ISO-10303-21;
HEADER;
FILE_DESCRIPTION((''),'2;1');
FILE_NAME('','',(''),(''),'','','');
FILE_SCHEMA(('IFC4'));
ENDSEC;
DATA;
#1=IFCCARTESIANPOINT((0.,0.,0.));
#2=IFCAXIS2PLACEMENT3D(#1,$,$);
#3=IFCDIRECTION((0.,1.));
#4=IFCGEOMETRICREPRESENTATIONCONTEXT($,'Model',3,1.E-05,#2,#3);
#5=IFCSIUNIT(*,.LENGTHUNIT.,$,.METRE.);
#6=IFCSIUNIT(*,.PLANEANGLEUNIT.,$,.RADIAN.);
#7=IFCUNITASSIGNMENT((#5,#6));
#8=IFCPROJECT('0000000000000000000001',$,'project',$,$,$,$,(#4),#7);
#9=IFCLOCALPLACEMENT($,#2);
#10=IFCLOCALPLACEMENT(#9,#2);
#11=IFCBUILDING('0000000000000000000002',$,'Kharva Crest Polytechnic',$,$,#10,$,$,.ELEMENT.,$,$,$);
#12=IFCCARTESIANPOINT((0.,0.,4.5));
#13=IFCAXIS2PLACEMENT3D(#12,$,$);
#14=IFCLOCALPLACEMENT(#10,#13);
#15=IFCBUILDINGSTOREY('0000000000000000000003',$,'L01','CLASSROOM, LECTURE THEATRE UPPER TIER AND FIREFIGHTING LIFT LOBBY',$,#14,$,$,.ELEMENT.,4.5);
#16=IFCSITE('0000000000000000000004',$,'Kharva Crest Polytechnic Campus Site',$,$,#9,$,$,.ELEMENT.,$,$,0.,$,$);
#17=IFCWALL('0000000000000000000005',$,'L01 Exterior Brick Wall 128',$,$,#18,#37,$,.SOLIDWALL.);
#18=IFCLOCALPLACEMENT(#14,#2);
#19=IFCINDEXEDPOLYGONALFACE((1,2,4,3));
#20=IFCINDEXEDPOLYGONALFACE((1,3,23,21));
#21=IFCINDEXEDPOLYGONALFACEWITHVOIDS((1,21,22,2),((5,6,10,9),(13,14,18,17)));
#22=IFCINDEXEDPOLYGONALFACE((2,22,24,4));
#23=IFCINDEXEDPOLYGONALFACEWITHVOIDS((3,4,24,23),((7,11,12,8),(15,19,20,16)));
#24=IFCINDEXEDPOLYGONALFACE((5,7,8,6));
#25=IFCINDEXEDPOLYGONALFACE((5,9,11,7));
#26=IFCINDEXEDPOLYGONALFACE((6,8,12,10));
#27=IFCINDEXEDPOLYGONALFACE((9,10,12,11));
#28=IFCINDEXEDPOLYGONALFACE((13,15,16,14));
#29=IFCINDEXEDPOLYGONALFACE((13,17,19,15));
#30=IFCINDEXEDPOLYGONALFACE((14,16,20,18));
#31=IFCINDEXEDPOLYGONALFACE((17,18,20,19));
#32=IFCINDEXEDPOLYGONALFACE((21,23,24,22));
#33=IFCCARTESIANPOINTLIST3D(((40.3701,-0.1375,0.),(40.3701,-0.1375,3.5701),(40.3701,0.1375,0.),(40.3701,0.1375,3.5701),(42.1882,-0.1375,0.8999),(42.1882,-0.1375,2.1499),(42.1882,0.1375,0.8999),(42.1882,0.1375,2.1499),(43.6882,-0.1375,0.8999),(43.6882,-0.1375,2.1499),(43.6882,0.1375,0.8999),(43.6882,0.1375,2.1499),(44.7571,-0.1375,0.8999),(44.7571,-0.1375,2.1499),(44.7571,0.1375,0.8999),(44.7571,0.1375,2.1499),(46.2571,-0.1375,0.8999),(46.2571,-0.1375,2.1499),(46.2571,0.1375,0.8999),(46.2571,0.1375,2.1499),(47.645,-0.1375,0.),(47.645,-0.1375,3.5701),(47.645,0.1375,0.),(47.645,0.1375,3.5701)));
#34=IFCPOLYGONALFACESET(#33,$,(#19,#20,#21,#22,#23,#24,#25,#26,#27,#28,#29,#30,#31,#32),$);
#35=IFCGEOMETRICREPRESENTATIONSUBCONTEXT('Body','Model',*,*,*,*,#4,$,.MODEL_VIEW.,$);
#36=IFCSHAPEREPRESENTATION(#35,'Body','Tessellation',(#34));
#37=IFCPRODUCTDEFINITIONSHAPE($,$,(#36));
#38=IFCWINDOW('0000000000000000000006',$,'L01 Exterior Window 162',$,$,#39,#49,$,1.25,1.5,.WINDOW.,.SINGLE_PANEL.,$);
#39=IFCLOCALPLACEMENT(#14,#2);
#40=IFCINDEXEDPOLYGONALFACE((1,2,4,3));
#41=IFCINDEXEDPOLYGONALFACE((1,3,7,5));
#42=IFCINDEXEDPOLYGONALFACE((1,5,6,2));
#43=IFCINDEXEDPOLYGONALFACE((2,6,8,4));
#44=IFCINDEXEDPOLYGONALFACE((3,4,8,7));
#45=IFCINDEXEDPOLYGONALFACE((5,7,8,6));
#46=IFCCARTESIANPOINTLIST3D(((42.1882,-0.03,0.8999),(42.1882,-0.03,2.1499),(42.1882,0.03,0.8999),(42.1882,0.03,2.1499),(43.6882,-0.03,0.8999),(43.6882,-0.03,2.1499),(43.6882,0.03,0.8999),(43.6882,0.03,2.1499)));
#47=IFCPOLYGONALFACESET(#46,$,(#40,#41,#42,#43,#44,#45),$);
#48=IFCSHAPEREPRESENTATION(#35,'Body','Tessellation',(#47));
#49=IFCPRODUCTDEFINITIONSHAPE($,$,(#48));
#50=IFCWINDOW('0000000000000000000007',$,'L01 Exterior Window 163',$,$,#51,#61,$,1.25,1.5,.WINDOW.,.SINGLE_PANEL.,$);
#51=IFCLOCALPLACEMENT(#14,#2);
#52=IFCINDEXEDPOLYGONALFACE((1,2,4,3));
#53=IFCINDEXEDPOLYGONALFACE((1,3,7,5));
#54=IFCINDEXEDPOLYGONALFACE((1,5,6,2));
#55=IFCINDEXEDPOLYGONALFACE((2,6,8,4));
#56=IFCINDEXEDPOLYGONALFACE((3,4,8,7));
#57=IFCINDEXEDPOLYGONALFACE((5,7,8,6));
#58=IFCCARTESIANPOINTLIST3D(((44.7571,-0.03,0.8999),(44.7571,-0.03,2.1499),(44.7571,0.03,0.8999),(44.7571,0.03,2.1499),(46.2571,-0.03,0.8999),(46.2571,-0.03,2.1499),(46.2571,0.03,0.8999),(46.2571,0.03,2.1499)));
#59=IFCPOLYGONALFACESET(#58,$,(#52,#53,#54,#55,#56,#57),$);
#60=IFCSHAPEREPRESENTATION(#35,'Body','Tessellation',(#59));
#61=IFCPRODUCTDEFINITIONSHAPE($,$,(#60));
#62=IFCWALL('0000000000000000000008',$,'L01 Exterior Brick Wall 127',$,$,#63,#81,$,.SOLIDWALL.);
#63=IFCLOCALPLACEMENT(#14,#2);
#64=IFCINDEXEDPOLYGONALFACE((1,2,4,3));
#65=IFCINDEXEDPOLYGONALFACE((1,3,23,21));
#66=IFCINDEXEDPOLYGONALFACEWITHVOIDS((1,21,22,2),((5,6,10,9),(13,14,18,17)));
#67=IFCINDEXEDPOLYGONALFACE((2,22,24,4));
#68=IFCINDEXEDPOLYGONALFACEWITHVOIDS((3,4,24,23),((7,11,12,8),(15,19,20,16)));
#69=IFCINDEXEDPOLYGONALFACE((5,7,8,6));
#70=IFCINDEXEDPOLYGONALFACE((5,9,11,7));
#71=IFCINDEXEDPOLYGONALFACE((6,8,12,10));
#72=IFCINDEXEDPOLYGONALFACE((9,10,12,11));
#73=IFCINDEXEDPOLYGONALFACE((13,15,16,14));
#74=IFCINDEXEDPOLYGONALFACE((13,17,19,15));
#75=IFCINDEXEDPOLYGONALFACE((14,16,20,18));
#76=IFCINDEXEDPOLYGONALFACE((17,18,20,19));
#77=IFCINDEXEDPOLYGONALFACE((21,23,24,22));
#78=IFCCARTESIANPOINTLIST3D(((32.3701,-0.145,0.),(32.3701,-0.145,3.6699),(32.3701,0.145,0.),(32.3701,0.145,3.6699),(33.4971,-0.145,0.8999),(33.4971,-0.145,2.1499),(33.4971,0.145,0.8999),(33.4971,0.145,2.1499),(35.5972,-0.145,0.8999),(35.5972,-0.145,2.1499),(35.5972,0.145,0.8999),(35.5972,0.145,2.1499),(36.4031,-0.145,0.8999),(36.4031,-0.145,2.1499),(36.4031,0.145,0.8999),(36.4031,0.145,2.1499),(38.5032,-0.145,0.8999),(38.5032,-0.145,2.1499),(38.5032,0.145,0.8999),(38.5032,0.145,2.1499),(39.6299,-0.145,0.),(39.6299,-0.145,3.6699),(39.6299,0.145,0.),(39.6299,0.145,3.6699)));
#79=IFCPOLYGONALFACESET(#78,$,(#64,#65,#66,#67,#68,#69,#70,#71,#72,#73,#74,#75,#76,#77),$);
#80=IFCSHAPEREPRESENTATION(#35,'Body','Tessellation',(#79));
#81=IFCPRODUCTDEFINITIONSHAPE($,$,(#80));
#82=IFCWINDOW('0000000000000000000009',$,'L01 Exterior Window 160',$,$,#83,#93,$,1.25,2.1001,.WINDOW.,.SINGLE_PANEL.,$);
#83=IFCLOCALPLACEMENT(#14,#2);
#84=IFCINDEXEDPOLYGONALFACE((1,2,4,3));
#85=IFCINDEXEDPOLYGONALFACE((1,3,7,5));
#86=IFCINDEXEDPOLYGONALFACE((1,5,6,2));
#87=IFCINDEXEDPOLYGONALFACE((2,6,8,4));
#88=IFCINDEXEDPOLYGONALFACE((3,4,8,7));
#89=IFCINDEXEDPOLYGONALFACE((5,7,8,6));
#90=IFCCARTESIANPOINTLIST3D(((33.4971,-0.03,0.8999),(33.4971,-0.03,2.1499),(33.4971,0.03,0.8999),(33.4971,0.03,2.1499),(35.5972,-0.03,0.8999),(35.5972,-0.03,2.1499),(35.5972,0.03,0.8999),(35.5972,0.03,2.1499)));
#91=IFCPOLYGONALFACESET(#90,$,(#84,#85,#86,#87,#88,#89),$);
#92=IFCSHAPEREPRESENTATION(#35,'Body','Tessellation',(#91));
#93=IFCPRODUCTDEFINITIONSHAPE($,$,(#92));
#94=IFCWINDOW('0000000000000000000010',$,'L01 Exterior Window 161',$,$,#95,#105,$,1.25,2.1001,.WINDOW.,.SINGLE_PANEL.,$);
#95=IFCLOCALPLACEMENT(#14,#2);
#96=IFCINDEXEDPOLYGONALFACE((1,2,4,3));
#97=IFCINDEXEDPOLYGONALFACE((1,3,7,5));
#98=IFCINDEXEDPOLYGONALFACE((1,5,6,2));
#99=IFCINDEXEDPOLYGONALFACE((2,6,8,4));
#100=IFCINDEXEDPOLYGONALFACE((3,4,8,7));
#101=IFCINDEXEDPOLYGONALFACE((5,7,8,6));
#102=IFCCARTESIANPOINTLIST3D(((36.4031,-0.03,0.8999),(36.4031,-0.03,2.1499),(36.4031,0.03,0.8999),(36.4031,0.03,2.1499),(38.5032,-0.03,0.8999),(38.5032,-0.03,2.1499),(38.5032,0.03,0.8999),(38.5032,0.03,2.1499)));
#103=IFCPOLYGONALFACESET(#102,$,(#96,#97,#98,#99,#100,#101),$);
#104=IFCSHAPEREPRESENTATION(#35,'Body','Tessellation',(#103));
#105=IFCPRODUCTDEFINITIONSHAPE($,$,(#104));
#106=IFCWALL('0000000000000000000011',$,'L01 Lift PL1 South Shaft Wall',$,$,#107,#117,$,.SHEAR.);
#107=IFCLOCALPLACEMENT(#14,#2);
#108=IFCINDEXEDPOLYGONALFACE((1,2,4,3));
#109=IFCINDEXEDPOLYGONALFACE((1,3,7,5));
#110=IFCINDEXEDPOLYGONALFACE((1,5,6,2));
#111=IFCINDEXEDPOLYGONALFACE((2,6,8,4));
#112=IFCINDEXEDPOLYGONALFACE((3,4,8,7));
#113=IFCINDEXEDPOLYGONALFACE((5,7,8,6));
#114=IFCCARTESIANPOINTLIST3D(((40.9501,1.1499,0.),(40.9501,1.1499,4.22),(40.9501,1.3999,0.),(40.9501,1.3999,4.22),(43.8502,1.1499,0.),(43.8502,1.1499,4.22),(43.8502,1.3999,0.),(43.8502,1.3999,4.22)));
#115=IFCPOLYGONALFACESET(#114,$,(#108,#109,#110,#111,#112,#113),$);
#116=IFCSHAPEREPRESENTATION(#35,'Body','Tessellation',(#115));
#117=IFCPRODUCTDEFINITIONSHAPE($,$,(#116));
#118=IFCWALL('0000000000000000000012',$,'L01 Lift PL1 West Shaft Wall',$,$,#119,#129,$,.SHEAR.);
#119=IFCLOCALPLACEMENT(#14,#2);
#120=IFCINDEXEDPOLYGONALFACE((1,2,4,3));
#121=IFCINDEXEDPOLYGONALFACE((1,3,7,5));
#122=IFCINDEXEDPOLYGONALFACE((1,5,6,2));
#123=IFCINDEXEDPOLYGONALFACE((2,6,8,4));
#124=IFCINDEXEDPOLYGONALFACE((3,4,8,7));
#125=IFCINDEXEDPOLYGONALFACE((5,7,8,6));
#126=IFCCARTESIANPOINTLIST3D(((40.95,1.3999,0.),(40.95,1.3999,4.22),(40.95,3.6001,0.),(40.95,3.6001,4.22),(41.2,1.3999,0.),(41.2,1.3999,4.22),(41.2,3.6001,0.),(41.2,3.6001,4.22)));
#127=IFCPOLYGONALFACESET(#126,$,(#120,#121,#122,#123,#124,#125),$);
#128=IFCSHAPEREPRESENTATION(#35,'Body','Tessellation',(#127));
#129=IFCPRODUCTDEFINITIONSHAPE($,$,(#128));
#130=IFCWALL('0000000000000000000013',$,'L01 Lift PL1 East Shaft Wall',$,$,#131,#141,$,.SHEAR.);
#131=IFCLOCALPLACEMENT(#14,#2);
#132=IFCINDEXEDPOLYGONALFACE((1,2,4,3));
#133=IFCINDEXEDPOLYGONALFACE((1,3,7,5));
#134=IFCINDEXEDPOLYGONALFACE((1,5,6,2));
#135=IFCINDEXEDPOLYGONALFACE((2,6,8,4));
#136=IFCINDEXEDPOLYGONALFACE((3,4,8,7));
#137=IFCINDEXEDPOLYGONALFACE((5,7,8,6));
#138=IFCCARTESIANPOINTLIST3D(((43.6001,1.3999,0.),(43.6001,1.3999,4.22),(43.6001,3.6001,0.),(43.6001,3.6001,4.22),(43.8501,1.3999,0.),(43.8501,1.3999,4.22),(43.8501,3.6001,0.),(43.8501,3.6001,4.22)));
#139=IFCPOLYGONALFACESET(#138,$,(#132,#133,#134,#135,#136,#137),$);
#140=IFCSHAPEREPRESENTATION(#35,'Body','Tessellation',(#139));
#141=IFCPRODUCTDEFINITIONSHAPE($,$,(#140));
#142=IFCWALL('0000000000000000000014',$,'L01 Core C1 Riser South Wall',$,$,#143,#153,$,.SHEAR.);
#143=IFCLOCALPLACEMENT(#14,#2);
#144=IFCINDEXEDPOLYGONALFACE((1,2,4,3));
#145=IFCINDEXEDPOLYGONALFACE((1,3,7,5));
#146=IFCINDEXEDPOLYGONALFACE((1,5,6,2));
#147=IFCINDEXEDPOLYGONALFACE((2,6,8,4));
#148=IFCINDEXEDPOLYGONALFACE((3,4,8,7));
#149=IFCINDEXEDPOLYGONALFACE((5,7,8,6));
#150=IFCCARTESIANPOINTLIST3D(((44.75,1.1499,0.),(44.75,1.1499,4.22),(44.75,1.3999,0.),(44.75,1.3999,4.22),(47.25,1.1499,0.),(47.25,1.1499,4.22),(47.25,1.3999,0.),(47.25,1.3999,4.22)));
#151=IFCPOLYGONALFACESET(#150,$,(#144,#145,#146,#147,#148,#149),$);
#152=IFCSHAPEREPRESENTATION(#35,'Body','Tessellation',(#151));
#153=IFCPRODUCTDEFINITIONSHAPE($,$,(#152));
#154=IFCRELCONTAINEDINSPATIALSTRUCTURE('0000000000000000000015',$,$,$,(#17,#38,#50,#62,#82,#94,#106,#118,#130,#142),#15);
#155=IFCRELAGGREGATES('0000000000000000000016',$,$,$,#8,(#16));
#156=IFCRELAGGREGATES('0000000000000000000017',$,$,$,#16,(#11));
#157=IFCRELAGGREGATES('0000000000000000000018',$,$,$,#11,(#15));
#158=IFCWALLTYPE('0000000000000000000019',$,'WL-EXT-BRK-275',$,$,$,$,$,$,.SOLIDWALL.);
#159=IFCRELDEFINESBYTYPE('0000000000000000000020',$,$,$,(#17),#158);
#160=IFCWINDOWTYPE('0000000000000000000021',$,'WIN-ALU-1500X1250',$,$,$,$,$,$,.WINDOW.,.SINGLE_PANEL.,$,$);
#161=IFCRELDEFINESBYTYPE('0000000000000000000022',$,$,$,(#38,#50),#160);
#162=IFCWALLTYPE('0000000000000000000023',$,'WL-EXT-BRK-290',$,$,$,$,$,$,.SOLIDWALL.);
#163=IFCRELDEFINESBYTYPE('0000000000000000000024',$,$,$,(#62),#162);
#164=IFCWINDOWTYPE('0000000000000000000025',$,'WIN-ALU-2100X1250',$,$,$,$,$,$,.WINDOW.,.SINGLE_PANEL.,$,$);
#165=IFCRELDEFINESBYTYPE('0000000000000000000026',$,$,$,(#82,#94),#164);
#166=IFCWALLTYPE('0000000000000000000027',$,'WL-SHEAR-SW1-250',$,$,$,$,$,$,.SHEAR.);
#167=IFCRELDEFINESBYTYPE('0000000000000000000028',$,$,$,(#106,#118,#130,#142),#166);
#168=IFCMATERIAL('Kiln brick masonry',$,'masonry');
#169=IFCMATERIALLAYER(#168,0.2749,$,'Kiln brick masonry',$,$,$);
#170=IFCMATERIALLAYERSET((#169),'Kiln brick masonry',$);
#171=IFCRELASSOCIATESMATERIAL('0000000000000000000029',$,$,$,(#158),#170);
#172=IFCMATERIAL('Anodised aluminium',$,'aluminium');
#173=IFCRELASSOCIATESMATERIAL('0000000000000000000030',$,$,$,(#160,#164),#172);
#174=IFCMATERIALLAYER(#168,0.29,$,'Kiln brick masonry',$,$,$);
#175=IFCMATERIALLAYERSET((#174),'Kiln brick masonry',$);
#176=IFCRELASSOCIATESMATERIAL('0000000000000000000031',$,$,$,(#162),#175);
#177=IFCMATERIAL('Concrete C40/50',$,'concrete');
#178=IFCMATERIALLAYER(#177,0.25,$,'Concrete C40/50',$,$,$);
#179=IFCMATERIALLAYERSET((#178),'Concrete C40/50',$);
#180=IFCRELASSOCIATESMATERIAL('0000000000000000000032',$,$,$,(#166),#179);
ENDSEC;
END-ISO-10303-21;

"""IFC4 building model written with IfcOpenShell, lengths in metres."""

from ifc_helpers import new_model, si_unit, direction, frame, frame_2d, origin, place, context, subcontext, project, spatial, rectangle, extrude, material, layer, layer_set, type_object, element, fill, save


model = new_model("IFC4")

# Units and contexts
model_context = context("Model", 3, precision=1e-05, world=origin(), true_north=direction((0.0, 1.0)))
body_context = subcontext(model_context, "Body", "Model", "MODEL_VIEW")
ifc_project = project(units=[si_unit("LENGTHUNIT", "METRE"), si_unit("PLANEANGLEUNIT", "RADIAN")], contexts=[model_context])

# Site, building, storey
site_placement = place(None, origin())
site = spatial("IfcSite", under=ifc_project, at=site_placement, Name="Kharva Crest Polytechnic Campus Site", CompositionType="ELEMENT", RefElevation=0.0)
building_placement = place(site_placement, origin())
building = spatial("IfcBuilding", under=site, at=building_placement, Name="Kharva Crest Polytechnic", CompositionType="ELEMENT")
storey_placement = place(building_placement, frame((0.0, 0.0, 4.5)))
storey = spatial("IfcBuildingStorey", under=building, at=storey_placement, Name="L01", Description="CLASSROOM, LECTURE THEATRE UPPER TIER AND FIREFIGHTING LIFT LOBBY", CompositionType="ELEMENT", Elevation=4.5)

# Shared definitions
ifc_material_1 = material(Name="Concrete C40/50", Category="concrete")

# Walls, openings, windows
ifc_material_2 = material(Name="Kiln brick masonry", Category="masonry")
ifc_layer_1 = layer(ifc_material_2, 0.2749, Name="Kiln brick masonry")
ifc_layer_set_1 = layer_set([ifc_layer_1], Name="Kiln brick masonry")
wall_type_1 = type_object("IfcWallType", Name="WL-EXT-BRK-275", PredefinedType="SOLIDWALL", material=ifc_layer_set_1)
wall_1_placement = place(storey_placement, frame((40.3701, 0.0, 0.0), z_axis=(0.0, 0.0, 1.0), x_axis=(1.0, 0.0, 0.0)))
wall_1 = element("IfcWall", 1, at=wall_1_placement, inside=storey, type_object=wall_type_1, Name="L01 Exterior Brick Wall 128", PredefinedType="SOLIDWALL", context=body_context, shape_type="SweptSolid", body=[
    extrude(rectangle(XDim=7.2749, YDim=0.2749, at=frame_2d((3.6375, 0.0))), origin(), (0.0, 0.0, 1.0), 3.5701),
])
opening_1_placement = place(wall_1_placement, frame((1.8181, 0.0, 0.8999)))
opening_1 = element("IfcOpeningElement", 2, at=opening_1_placement, cuts=wall_1, PredefinedType="OPENING", context=body_context, shape_type="SweptSolid", body=[
    extrude(rectangle(XDim=1.5, YDim=1.25, at=frame_2d((0.75, 0.625))), frame((0.0, 0.1475, 0.0), z_axis=(0.0, -1.0, 0.0), x_axis=(1.0, 0.0, 0.0)), (0.0, 0.0, 1.0), 0.2949),
])
opening_2_placement = place(wall_1_placement, frame((4.387, 0.0, 0.8999)))
opening_2 = element("IfcOpeningElement", 3, at=opening_2_placement, cuts=wall_1, PredefinedType="OPENING", context=body_context, shape_type="SweptSolid", body=[
    extrude(rectangle(XDim=1.5, YDim=1.25, at=frame_2d((0.75, 0.625))), frame((0.0, 0.1475, 0.0), z_axis=(0.0, -1.0, 0.0), x_axis=(1.0, 0.0, 0.0)), (0.0, 0.0, 1.0), 0.2949),
])
ifc_material_3 = material(Name="Anodised aluminium", Category="aluminium")
window_type_1 = type_object("IfcWindowType", Name="WIN-ALU-1500X1250", PartitioningType="SINGLE_PANEL", PredefinedType="WINDOW", material=ifc_material_3)
window_1_placement = place(opening_1_placement, origin())
window_1 = element("IfcWindow", 4, at=window_1_placement, inside=storey, type_object=window_type_1, Name="L01 Exterior Window 162", OverallHeight=1.25, OverallWidth=1.5, PartitioningType="SINGLE_PANEL", PredefinedType="WINDOW", context=body_context, shape_type="SweptSolid", body=[
    extrude(rectangle(XDim=1.5, YDim=1.25, at=frame_2d((0.75, 0.625))), frame((0.0, 0.03, 0.0), z_axis=(0.0, -1.0, 0.0), x_axis=(1.0, 0.0, 0.0)), (0.0, 0.0, 1.0), 0.0601),
])
fill(opening_1, window_1)
window_2_placement = place(opening_2_placement, origin())
window_2 = element("IfcWindow", 5, at=window_2_placement, inside=storey, type_object=window_type_1, Name="L01 Exterior Window 163", OverallHeight=1.25, OverallWidth=1.5, PartitioningType="SINGLE_PANEL", PredefinedType="WINDOW", context=body_context, shape_type="SweptSolid", body=[
    extrude(rectangle(XDim=1.5, YDim=1.25, at=frame_2d((0.75, 0.625))), frame((0.0, 0.03, 0.0), z_axis=(0.0, -1.0, 0.0), x_axis=(1.0, 0.0, 0.0)), (0.0, 0.0, 1.0), 0.0601),
])
fill(opening_2, window_2)
ifc_layer_2 = layer(ifc_material_2, 0.29, Name="Kiln brick masonry")
ifc_layer_set_2 = layer_set([ifc_layer_2], Name="Kiln brick masonry")
wall_type_2 = type_object("IfcWallType", Name="WL-EXT-BRK-290", PredefinedType="SOLIDWALL", material=ifc_layer_set_2)
wall_2_placement = place(storey_placement, frame((32.3701, 0.0, 0.0), z_axis=(0.0, 0.0, 1.0), x_axis=(1.0, 0.0, 0.0)))
wall_2 = element("IfcWall", 6, at=wall_2_placement, inside=storey, type_object=wall_type_2, Name="L01 Exterior Brick Wall 127", PredefinedType="SOLIDWALL", context=body_context, shape_type="SweptSolid", body=[
    extrude(rectangle(XDim=7.2598, YDim=0.29, at=frame_2d((3.6299, 0.0))), origin(), (0.0, 0.0, 1.0), 3.6699),
])
opening_3_placement = place(wall_2_placement, frame((1.127, 0.0, 0.8999)))
opening_3 = element("IfcOpeningElement", 7, at=opening_3_placement, cuts=wall_2, PredefinedType="OPENING", context=body_context, shape_type="SweptSolid", body=[
    extrude(rectangle(XDim=2.1001, YDim=1.25, at=frame_2d((1.05, 0.625))), frame((0.0, 0.155, 0.0), z_axis=(0.0, -1.0, 0.0), x_axis=(1.0, 0.0, 0.0)), (0.0, 0.0, 1.0), 0.3101),
])
opening_4_placement = place(wall_2_placement, frame((4.033, 0.0, 0.8999)))
opening_4 = element("IfcOpeningElement", 8, at=opening_4_placement, cuts=wall_2, PredefinedType="OPENING", context=body_context, shape_type="SweptSolid", body=[
    extrude(rectangle(XDim=2.1001, YDim=1.25, at=frame_2d((1.05, 0.625))), frame((0.0, 0.155, 0.0), z_axis=(0.0, -1.0, 0.0), x_axis=(1.0, 0.0, 0.0)), (0.0, 0.0, 1.0), 0.3101),
])
window_type_2 = type_object("IfcWindowType", Name="WIN-ALU-2100X1250", PartitioningType="SINGLE_PANEL", PredefinedType="WINDOW", material=ifc_material_3)
window_3_placement = place(opening_3_placement, origin())
window_3 = element("IfcWindow", 9, at=window_3_placement, inside=storey, type_object=window_type_2, Name="L01 Exterior Window 160", OverallHeight=1.25, OverallWidth=2.1001, PartitioningType="SINGLE_PANEL", PredefinedType="WINDOW", context=body_context, shape_type="SweptSolid", body=[
    extrude(rectangle(XDim=2.1001, YDim=1.25, at=frame_2d((1.05, 0.625))), frame((0.0, 0.03, 0.0), z_axis=(0.0, -1.0, 0.0), x_axis=(1.0, 0.0, 0.0)), (0.0, 0.0, 1.0), 0.0601),
])
fill(opening_3, window_3)
window_4_placement = place(opening_4_placement, origin())
window_4 = element("IfcWindow", 10, at=window_4_placement, inside=storey, type_object=window_type_2, Name="L01 Exterior Window 161", OverallHeight=1.25, OverallWidth=2.1001, PartitioningType="SINGLE_PANEL", PredefinedType="WINDOW", context=body_context, shape_type="SweptSolid", body=[
    extrude(rectangle(XDim=2.1001, YDim=1.25, at=frame_2d((1.05, 0.625))), frame((0.0, 0.03, 0.0), z_axis=(0.0, -1.0, 0.0), x_axis=(1.0, 0.0, 0.0)), (0.0, 0.0, 1.0), 0.0601),
])
fill(opening_4, window_4)

# Wall
ifc_layer_3 = layer(ifc_material_1, 0.25, Name="Concrete C40/50")
ifc_layer_set_3 = layer_set([ifc_layer_3], Name="Concrete C40/50")
wall_type_3 = type_object("IfcWallType", Name="WL-SHEAR-SW1-250", PredefinedType="SHEAR", material=ifc_layer_set_3)
wall_3_placement = place(storey_placement, frame((40.95, 1.2749, 0.0), z_axis=(0.0, 0.0, 1.0), x_axis=(1.0, 0.0, 0.0)))
element("IfcWall", 11, at=wall_3_placement, inside=storey, type_object=wall_type_3, Name="L01 Lift PL1 South Shaft Wall", PredefinedType="SHEAR", context=body_context, shape_type="SweptSolid", body=[
    extrude(rectangle(XDim=2.9001, YDim=0.25, at=frame_2d((1.4502, 0.0))), origin(), (0.0, 0.0, 1.0), 4.22),
])

# Walls
for number, where, z_axis, x_axis, name in (
    (12, (41.075, 1.3999, 0.0), (0.0, 0.0, 1.0), (0.0, 1.0, 0.0), "L01 Lift PL1 West Shaft Wall"),
    (13, (43.7251, 1.3999, 0.0), (0.0, 0.0, 1.0), (0.0, 1.0, 0.0), "L01 Lift PL1 East Shaft Wall"),
):
    element("IfcWall", number, at=place(storey_placement, frame(where, z_axis=z_axis, x_axis=x_axis)), inside=storey, type_object=wall_type_3, Name=name, PredefinedType="SHEAR", context=body_context, shape_type="SweptSolid", body=[
        extrude(rectangle(XDim=2.2002, YDim=0.25, at=frame_2d((1.1001, 0.0))), origin(), (0.0, 0.0, 1.0), 4.22),
    ])
wall_4_placement = place(storey_placement, frame((44.75, 1.2749, 0.0), z_axis=(0.0, 0.0, 1.0), x_axis=(1.0, 0.0, 0.0)))
element("IfcWall", 14, at=wall_4_placement, inside=storey, type_object=wall_type_3, Name="L01 Core C1 Riser South Wall", PredefinedType="SHEAR", context=body_context, shape_type="SweptSolid", body=[
    extrude(rectangle(XDim=2.5, YDim=0.25, at=frame_2d((1.25, 0.0))), origin(), (0.0, 0.0, 1.0), 4.22),
])

save(model, "model.ifc")
